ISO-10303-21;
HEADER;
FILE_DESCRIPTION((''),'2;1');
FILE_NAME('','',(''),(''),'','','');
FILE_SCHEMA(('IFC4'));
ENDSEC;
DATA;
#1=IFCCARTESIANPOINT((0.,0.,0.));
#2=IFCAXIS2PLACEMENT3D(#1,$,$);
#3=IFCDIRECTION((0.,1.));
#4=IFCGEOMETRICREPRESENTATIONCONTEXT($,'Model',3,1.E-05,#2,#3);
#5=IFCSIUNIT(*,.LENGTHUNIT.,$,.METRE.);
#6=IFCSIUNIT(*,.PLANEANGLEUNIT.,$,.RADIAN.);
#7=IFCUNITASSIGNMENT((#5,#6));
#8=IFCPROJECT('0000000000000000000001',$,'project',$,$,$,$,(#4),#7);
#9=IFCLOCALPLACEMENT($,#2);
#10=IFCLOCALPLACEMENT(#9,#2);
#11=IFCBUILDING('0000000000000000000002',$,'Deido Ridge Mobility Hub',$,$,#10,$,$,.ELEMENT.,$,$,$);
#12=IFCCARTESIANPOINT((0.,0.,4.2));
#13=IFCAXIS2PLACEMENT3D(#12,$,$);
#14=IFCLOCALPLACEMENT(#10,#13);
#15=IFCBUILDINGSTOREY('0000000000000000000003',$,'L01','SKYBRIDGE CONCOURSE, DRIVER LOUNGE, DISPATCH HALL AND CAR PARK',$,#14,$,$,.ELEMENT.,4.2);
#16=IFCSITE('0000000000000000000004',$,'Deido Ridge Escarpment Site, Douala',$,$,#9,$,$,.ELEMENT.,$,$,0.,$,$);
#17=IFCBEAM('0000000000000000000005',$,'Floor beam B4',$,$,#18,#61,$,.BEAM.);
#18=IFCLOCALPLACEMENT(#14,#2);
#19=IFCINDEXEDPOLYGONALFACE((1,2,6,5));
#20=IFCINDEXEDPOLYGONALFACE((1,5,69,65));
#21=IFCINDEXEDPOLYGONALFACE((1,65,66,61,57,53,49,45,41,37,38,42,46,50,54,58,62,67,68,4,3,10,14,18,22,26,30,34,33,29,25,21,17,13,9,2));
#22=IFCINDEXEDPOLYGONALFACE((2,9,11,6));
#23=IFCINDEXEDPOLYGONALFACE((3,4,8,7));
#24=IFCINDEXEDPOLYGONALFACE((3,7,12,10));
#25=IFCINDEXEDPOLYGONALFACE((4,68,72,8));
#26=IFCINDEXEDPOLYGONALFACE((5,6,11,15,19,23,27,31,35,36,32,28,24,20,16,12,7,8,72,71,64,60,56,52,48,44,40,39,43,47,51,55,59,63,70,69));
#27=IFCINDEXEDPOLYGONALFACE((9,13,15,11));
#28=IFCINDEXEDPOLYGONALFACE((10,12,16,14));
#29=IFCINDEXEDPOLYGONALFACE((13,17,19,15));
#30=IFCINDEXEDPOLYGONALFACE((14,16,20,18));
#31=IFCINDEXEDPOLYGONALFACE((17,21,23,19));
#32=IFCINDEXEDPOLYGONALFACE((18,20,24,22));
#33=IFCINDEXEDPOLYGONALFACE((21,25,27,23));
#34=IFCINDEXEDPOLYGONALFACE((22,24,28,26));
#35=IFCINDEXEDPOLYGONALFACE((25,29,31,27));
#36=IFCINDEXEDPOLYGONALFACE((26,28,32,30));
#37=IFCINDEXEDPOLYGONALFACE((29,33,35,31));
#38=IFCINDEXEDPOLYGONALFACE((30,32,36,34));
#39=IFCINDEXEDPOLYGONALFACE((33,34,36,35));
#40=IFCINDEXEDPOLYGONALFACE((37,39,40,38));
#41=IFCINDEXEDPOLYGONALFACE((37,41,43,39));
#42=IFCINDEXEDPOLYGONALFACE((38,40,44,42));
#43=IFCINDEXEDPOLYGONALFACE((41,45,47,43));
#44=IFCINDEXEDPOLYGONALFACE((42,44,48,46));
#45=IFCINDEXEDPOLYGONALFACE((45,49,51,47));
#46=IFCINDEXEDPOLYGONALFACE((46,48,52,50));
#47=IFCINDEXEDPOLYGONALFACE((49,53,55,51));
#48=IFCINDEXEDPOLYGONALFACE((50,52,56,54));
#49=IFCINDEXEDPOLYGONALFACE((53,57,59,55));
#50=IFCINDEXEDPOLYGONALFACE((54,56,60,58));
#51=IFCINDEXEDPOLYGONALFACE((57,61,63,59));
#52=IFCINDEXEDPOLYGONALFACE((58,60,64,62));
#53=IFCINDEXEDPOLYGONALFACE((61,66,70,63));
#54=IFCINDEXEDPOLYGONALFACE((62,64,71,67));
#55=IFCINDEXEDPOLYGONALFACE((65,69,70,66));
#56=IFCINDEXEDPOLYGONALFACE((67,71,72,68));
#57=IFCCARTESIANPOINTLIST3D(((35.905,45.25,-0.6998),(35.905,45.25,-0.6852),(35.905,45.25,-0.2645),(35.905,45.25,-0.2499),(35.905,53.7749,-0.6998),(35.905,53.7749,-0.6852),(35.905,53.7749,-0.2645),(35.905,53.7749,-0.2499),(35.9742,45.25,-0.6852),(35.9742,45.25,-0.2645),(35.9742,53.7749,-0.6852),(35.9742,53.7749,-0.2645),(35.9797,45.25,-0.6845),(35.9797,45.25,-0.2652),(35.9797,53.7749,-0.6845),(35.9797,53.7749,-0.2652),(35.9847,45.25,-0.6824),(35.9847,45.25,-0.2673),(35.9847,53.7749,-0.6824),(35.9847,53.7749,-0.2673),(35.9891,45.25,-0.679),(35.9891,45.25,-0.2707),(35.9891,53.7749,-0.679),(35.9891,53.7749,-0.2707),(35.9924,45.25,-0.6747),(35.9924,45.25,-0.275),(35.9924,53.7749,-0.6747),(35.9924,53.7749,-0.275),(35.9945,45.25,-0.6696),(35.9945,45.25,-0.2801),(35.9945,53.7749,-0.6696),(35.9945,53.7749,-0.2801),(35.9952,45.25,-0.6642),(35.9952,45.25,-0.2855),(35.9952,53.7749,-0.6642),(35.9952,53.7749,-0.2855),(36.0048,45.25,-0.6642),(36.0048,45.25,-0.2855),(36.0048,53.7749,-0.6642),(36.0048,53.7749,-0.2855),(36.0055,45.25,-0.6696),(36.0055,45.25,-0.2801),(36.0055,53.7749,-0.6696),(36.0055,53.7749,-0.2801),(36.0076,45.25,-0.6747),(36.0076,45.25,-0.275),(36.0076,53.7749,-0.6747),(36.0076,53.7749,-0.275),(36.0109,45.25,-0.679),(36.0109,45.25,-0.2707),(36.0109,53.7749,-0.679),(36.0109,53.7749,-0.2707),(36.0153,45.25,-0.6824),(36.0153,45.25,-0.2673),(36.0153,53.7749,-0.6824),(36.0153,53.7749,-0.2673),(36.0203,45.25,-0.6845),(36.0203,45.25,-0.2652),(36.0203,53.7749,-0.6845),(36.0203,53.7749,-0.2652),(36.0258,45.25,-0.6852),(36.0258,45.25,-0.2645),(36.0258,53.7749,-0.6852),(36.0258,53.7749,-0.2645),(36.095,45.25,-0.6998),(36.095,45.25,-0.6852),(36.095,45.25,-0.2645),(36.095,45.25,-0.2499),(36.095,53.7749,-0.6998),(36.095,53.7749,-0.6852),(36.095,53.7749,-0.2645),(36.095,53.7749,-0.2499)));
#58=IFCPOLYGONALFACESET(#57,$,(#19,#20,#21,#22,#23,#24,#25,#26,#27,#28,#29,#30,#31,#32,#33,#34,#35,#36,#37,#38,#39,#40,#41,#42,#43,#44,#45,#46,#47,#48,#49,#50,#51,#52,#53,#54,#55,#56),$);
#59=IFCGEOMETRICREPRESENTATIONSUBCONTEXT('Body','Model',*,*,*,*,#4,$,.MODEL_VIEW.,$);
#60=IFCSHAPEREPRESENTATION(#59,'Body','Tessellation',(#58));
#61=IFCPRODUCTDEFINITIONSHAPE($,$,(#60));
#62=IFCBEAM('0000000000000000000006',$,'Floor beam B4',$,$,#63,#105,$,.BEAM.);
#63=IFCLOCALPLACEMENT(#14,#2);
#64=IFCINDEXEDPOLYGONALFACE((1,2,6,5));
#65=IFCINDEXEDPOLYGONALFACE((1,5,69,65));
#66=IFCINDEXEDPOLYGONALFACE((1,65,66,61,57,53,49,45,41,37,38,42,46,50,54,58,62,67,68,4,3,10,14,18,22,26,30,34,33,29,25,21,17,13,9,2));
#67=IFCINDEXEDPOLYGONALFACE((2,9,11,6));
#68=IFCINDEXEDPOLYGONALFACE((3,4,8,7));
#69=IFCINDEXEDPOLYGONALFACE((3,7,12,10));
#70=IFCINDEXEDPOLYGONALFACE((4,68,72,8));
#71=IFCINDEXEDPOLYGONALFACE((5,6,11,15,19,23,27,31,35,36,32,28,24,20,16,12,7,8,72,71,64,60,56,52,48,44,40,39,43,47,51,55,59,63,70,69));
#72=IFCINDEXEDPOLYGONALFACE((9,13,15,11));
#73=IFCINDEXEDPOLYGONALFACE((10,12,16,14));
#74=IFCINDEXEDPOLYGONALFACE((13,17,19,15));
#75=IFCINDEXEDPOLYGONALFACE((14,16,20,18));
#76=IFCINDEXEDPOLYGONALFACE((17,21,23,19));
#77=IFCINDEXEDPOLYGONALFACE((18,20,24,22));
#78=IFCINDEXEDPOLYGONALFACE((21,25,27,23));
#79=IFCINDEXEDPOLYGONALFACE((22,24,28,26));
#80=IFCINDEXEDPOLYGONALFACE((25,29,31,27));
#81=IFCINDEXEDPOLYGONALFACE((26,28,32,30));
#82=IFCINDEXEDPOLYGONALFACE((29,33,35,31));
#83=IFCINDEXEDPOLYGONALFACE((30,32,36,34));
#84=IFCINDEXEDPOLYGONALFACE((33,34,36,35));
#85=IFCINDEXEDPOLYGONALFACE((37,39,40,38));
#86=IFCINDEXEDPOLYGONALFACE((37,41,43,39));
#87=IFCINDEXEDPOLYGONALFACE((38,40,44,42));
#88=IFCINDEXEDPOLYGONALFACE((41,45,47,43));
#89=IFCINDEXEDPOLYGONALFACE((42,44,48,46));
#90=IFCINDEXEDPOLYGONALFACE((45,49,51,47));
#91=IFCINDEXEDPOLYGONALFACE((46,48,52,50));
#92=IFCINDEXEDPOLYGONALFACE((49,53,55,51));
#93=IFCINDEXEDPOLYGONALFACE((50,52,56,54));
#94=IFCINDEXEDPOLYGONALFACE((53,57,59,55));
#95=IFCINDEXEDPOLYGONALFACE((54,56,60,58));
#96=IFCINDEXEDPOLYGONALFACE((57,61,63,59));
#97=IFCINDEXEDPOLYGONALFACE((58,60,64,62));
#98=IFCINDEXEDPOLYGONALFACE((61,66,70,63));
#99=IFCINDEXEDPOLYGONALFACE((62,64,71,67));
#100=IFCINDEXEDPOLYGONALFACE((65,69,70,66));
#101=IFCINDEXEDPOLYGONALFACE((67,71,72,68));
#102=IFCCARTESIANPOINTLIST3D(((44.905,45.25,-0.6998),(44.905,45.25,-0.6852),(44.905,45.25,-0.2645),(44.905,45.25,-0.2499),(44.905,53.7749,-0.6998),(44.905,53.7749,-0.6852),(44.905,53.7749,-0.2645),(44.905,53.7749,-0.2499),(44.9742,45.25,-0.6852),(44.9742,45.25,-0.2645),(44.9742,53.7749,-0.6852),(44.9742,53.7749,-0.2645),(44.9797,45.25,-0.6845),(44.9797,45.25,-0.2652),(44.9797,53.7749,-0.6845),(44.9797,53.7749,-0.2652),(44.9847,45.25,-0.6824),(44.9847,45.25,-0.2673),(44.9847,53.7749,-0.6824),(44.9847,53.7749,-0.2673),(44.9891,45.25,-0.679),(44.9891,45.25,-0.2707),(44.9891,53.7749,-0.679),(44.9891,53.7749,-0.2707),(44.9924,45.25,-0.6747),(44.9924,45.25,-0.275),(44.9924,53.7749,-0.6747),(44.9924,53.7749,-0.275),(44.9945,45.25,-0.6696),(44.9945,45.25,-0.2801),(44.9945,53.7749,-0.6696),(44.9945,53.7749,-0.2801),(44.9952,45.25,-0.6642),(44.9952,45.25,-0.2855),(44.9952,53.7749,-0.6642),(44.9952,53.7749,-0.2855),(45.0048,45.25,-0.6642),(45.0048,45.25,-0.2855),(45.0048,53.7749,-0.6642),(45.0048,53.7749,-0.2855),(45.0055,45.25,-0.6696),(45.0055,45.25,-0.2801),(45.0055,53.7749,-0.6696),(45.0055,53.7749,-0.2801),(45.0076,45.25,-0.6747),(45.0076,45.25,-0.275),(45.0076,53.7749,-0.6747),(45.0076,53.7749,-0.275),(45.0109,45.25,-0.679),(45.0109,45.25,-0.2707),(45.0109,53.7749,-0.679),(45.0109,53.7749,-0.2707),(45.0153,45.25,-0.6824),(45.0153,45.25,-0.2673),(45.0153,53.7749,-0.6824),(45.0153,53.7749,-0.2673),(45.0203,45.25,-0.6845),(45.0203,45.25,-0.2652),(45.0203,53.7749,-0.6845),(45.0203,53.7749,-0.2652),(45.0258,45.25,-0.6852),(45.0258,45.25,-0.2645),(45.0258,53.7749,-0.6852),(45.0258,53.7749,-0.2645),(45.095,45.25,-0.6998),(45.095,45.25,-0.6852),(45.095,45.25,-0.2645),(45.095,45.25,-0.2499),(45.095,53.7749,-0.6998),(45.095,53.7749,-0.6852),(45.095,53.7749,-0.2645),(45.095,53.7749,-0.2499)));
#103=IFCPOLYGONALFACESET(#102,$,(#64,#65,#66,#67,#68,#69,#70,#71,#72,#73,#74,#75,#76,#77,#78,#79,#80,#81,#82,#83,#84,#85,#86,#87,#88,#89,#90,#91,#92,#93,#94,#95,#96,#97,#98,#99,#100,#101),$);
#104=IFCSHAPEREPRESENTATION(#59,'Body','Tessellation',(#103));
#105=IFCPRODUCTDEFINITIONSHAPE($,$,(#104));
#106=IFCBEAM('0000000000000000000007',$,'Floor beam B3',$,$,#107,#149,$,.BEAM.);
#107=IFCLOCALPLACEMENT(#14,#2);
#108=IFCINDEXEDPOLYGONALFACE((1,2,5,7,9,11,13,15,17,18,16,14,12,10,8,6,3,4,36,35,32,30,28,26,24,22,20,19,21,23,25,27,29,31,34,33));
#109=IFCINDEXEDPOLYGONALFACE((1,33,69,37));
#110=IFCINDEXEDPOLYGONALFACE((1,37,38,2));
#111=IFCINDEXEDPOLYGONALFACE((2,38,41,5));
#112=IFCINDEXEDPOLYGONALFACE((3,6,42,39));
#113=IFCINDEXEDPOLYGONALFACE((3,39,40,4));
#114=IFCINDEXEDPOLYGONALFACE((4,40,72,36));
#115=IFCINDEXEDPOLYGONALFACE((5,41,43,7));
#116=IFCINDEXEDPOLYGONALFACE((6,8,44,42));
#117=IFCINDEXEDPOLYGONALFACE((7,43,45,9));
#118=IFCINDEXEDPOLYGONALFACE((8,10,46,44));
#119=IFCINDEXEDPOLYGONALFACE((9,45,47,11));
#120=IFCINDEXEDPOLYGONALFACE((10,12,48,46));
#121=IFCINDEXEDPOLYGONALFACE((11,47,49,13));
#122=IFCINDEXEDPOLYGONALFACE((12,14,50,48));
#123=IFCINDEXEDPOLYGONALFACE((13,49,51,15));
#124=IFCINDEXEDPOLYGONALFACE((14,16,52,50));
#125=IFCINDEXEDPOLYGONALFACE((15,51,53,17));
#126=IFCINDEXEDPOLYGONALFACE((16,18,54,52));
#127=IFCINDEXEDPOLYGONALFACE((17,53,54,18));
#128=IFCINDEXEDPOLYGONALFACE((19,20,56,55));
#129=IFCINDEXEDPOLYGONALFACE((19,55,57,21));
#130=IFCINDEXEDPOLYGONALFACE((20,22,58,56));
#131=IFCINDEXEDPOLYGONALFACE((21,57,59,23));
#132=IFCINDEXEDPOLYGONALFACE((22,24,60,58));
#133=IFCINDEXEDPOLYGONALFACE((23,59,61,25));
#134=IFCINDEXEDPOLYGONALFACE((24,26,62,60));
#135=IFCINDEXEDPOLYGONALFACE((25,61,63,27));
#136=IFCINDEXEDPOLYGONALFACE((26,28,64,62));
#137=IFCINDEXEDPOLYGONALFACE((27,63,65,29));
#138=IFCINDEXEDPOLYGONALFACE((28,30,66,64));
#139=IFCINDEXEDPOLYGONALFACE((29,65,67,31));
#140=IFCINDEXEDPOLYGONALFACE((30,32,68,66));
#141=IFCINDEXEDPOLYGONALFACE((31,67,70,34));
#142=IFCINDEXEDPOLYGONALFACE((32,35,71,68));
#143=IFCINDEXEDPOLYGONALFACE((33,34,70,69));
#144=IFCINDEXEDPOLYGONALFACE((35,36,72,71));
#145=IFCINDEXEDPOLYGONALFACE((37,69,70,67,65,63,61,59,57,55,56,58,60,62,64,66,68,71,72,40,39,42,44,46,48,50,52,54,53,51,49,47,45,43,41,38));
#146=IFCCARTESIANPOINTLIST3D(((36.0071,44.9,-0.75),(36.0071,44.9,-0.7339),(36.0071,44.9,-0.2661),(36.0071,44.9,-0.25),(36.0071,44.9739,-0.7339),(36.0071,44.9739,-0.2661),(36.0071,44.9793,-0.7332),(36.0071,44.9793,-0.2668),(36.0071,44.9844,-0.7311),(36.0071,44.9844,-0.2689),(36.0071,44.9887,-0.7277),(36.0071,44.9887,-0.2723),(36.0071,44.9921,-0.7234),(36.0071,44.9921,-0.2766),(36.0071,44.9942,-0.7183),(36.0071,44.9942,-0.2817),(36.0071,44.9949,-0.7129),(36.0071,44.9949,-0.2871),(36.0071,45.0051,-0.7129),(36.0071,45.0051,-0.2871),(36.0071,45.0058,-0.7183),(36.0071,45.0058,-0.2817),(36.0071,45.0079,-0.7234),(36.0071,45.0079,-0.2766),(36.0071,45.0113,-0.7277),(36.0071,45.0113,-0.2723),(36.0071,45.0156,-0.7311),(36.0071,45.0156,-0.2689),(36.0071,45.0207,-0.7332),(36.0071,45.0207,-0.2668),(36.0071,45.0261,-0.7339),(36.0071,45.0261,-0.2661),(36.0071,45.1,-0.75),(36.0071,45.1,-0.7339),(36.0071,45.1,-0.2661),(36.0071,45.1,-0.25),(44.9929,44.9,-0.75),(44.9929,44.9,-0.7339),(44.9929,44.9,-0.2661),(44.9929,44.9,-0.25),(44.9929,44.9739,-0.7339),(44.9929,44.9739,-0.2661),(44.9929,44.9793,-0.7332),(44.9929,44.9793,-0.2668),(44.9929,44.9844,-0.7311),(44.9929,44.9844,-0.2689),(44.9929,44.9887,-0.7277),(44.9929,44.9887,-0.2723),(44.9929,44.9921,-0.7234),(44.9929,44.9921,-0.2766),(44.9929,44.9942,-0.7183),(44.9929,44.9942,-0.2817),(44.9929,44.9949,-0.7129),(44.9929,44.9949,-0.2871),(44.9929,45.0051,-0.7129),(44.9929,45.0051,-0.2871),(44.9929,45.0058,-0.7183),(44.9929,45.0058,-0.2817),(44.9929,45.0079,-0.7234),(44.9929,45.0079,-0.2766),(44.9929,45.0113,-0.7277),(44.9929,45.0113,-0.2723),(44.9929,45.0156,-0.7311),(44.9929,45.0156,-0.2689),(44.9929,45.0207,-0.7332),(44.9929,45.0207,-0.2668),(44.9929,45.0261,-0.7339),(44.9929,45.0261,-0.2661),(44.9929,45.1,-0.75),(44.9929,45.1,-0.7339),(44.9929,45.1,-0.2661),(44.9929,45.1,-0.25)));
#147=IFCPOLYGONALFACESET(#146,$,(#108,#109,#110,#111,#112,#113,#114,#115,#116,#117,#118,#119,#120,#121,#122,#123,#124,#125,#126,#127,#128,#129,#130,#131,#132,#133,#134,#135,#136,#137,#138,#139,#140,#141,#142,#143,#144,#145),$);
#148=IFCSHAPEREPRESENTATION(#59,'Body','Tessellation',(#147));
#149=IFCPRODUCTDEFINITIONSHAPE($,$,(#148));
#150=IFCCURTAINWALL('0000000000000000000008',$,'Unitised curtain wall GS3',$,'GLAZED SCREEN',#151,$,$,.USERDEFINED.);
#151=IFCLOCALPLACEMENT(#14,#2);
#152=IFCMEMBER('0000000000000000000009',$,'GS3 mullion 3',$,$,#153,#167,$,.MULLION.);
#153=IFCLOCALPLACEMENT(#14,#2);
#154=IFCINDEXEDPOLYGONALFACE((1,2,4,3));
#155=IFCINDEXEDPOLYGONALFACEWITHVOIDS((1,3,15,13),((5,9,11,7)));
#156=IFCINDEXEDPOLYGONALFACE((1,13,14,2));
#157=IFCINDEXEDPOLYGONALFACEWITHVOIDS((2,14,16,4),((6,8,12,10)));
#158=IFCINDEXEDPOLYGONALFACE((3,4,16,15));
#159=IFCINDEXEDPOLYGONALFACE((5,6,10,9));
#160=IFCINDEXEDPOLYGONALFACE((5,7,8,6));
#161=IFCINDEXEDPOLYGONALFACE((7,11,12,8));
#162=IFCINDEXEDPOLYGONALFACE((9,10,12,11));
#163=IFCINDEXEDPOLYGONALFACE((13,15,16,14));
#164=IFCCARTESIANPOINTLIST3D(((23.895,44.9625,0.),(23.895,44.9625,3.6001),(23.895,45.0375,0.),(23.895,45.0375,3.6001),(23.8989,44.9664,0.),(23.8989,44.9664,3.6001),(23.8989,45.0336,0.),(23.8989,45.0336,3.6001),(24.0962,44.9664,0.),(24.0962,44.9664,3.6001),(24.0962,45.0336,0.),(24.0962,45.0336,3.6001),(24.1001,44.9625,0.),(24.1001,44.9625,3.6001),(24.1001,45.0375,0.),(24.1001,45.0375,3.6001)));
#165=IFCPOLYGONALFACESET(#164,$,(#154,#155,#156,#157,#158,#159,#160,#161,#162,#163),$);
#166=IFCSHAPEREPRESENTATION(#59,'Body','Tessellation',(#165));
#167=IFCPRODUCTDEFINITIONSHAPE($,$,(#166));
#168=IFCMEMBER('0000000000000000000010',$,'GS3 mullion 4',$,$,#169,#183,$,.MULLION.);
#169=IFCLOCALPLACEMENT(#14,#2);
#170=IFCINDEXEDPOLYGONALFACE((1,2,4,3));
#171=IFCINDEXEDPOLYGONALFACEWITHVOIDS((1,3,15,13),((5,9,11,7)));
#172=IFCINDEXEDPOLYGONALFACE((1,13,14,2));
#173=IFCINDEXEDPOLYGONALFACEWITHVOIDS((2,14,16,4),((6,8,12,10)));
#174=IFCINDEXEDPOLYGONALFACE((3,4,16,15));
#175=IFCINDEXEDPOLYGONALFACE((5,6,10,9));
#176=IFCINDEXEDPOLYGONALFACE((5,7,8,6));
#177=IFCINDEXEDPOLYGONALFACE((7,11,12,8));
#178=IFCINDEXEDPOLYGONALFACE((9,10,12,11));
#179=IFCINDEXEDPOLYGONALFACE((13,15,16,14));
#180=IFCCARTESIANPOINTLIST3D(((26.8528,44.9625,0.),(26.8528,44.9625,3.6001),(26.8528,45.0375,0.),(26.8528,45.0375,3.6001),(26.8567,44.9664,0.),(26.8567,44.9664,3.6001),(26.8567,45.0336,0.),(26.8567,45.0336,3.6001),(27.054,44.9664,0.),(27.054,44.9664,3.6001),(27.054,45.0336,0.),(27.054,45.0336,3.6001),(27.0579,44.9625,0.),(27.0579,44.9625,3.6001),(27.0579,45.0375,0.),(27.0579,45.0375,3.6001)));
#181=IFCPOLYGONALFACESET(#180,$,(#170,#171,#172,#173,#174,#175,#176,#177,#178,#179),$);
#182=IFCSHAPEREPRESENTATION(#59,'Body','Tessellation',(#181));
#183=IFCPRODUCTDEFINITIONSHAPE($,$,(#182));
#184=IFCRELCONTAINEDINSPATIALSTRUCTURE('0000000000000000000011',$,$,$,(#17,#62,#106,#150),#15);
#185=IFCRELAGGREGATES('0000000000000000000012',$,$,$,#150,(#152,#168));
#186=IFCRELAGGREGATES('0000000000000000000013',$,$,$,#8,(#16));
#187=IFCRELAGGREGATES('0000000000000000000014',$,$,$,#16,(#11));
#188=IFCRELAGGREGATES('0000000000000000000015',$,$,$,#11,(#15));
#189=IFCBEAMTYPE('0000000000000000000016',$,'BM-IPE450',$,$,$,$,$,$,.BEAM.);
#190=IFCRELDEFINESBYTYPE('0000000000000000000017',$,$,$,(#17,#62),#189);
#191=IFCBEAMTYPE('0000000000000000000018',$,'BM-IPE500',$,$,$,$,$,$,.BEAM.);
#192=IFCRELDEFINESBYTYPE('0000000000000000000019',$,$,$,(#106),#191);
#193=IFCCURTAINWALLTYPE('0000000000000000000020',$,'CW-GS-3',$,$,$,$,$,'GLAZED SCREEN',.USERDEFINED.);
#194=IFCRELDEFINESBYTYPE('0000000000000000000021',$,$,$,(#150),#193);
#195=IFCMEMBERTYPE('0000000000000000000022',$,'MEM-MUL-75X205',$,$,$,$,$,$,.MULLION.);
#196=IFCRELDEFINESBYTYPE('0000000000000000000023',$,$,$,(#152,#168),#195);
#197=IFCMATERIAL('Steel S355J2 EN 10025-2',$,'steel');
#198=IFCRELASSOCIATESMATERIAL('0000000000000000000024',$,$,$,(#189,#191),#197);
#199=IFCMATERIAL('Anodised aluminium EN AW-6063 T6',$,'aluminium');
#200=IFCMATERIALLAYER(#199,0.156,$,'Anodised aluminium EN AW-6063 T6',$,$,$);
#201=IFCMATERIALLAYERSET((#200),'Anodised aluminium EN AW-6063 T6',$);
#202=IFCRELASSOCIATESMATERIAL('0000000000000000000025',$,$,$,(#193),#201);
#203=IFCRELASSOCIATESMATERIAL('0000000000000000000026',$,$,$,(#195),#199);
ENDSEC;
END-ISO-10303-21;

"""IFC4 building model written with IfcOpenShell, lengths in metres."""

from ifc_helpers import new_model, si_unit, direction, frame, origin, origin_2d, place, context, subcontext, project, spatial, hollow_rectangle, i_section, extrude, material, layer, layer_set, material_profile, profile_set, type_object, element, aggregate, save


model = new_model("IFC4")

# Units and contexts
model_context = context("Model", 3, precision=1e-05, world=origin(), true_north=direction((0.0, 1.0)))
body_context = subcontext(model_context, "Body", "Model", "MODEL_VIEW")
ifc_project = project(units=[si_unit("LENGTHUNIT", "METRE"), si_unit("PLANEANGLEUNIT", "RADIAN")], contexts=[model_context])

# Site, building, storey
site_placement = place(None, origin())
site = spatial("IfcSite", under=ifc_project, at=site_placement, Name="Deido Ridge Escarpment Site, Douala", CompositionType="ELEMENT", RefElevation=0.0)
building_placement = place(site_placement, origin())
building = spatial("IfcBuilding", under=site, at=building_placement, Name="Deido Ridge Mobility Hub", CompositionType="ELEMENT")
storey_placement = place(building_placement, frame((0.0, 0.0, 4.2)))
storey = spatial("IfcBuildingStorey", under=building, at=storey_placement, Name="L01", Description="SKYBRIDGE CONCOURSE, DRIVER LOUNGE, DISPATCH HALL AND CAR PARK", CompositionType="ELEMENT", Elevation=4.2)

# Shared definitions
ifc_material_1 = material(Name="Steel S355J2 EN 10025-2", Category="steel")

# Beams
ifc_material_profile_1 = material_profile(ifc_material_1, i_section(OverallWidth=0.1899, OverallDepth=0.45, WebThickness=0.0095, FlangeThickness=0.0146, FilletRadius=0.021, at=origin_2d()), Name="IPE 450")
ifc_profile_set_1 = profile_set([ifc_material_profile_1], Name="Steel S355J2 EN 10025-2")
beam_type_1 = type_object("IfcBeamType", Name="BM-IPE450", PredefinedType="BEAM", material=ifc_profile_set_1)
for number, where, z_axis, x_axis, name in (
    (1, (36.0, 45.25, -0.4749), (0.0, 1.0, 0.0), (-1.0, 0.0, 0.0), "Floor beam B4"),
    (2, (45.0, 45.25, -0.4749), (0.0, 1.0, 0.0), (-1.0, 0.0, 0.0), "Floor beam B4"),
):
    element("IfcBeam", number, at=place(storey_placement, frame(where, z_axis=z_axis, x_axis=x_axis)), inside=storey, type_object=beam_type_1, Name=name, PredefinedType="BEAM", context=body_context, shape_type="SweptSolid", body=[
        extrude(i_section(OverallWidth=0.1899, OverallDepth=0.45, WebThickness=0.0095, FlangeThickness=0.0146, FilletRadius=0.021, at=origin_2d()), origin(), (0.0, 0.0, 1.0), 8.5249),
    ])
ifc_material_profile_2 = material_profile(ifc_material_1, i_section(OverallWidth=0.2, OverallDepth=0.5, WebThickness=0.0103, FlangeThickness=0.0161, FilletRadius=0.021, at=origin_2d()), Name="IPE 500")
ifc_profile_set_2 = profile_set([ifc_material_profile_2], Name="Steel S355J2 EN 10025-2")
beam_type_2 = type_object("IfcBeamType", Name="BM-IPE500", PredefinedType="BEAM", material=ifc_profile_set_2)
beam_1_placement = place(storey_placement, frame((36.0071, 45.0, -0.5), z_axis=(1.0, 0.0, 0.0), x_axis=(0.0, 1.0, 0.0)))
element("IfcBeam", 3, at=beam_1_placement, inside=storey, type_object=beam_type_2, Name="Floor beam B3", PredefinedType="BEAM", context=body_context, shape_type="SweptSolid", body=[
    extrude(i_section(OverallWidth=0.2, OverallDepth=0.5, WebThickness=0.0103, FlangeThickness=0.0161, FilletRadius=0.021, at=origin_2d()), origin(), (0.0, 0.0, 1.0), 8.9858),
])

# Curtain wall, members
ifc_material_2 = material(Name="Anodised aluminium EN AW-6063 T6", Category="aluminium")
ifc_layer_1 = layer(ifc_material_2, 0.156, Name="Anodised aluminium EN AW-6063 T6")
ifc_layer_set_1 = layer_set([ifc_layer_1], Name="Anodised aluminium EN AW-6063 T6")
curtain_wall_type = type_object("IfcCurtainWallType", Name="CW-GS-3", ElementType="GLAZED SCREEN", PredefinedType="USERDEFINED", material=ifc_layer_set_1)
curtain_wall_placement = place(storey_placement, origin())
curtain_wall = element("IfcCurtainWall", 4, at=curtain_wall_placement, inside=storey, type_object=curtain_wall_type, Name="Unitised curtain wall GS3", ObjectType="GLAZED SCREEN", PredefinedType="USERDEFINED")
ifc_material_profile_3 = material_profile(ifc_material_2, hollow_rectangle(XDim=0.075, YDim=0.2051, WallThickness=0.0039, at=origin_2d()), Name="RHS 75x205x4")
ifc_profile_set_3 = profile_set([ifc_material_profile_3], Name="Anodised aluminium EN AW-6063 T6")
member_type_1 = type_object("IfcMemberType", Name="MEM-MUL-75X205", PredefinedType="MULLION", material=ifc_profile_set_3)
member_1_placement = place(storey_placement, frame((23.9976, 45.0, 0.0), z_axis=(0.0, 0.0, 1.0), x_axis=(0.0, 1.0, 0.0)))
member_1 = element("IfcMember", 5, at=member_1_placement, type_object=member_type_1, Name="GS3 mullion 3", PredefinedType="MULLION", context=body_context, shape_type="SweptSolid", body=[
    extrude(hollow_rectangle(XDim=0.075, YDim=0.2051, WallThickness=0.0039, at=origin_2d()), origin(), (0.0, 0.0, 1.0), 3.6001),
])
member_2_placement = place(storey_placement, frame((26.9553, 45.0, 0.0), z_axis=(0.0, 0.0, 1.0), x_axis=(0.0, 1.0, 0.0)))
member_2 = element("IfcMember", 6, at=member_2_placement, type_object=member_type_1, Name="GS3 mullion 4", PredefinedType="MULLION", context=body_context, shape_type="SweptSolid", body=[
    extrude(hollow_rectangle(XDim=0.075, YDim=0.2051, WallThickness=0.0039, at=origin_2d()), origin(), (0.0, 0.0, 1.0), 3.6001),
])

aggregate(curtain_wall, [member_1, member_2])

save(model, "model.ifc")
